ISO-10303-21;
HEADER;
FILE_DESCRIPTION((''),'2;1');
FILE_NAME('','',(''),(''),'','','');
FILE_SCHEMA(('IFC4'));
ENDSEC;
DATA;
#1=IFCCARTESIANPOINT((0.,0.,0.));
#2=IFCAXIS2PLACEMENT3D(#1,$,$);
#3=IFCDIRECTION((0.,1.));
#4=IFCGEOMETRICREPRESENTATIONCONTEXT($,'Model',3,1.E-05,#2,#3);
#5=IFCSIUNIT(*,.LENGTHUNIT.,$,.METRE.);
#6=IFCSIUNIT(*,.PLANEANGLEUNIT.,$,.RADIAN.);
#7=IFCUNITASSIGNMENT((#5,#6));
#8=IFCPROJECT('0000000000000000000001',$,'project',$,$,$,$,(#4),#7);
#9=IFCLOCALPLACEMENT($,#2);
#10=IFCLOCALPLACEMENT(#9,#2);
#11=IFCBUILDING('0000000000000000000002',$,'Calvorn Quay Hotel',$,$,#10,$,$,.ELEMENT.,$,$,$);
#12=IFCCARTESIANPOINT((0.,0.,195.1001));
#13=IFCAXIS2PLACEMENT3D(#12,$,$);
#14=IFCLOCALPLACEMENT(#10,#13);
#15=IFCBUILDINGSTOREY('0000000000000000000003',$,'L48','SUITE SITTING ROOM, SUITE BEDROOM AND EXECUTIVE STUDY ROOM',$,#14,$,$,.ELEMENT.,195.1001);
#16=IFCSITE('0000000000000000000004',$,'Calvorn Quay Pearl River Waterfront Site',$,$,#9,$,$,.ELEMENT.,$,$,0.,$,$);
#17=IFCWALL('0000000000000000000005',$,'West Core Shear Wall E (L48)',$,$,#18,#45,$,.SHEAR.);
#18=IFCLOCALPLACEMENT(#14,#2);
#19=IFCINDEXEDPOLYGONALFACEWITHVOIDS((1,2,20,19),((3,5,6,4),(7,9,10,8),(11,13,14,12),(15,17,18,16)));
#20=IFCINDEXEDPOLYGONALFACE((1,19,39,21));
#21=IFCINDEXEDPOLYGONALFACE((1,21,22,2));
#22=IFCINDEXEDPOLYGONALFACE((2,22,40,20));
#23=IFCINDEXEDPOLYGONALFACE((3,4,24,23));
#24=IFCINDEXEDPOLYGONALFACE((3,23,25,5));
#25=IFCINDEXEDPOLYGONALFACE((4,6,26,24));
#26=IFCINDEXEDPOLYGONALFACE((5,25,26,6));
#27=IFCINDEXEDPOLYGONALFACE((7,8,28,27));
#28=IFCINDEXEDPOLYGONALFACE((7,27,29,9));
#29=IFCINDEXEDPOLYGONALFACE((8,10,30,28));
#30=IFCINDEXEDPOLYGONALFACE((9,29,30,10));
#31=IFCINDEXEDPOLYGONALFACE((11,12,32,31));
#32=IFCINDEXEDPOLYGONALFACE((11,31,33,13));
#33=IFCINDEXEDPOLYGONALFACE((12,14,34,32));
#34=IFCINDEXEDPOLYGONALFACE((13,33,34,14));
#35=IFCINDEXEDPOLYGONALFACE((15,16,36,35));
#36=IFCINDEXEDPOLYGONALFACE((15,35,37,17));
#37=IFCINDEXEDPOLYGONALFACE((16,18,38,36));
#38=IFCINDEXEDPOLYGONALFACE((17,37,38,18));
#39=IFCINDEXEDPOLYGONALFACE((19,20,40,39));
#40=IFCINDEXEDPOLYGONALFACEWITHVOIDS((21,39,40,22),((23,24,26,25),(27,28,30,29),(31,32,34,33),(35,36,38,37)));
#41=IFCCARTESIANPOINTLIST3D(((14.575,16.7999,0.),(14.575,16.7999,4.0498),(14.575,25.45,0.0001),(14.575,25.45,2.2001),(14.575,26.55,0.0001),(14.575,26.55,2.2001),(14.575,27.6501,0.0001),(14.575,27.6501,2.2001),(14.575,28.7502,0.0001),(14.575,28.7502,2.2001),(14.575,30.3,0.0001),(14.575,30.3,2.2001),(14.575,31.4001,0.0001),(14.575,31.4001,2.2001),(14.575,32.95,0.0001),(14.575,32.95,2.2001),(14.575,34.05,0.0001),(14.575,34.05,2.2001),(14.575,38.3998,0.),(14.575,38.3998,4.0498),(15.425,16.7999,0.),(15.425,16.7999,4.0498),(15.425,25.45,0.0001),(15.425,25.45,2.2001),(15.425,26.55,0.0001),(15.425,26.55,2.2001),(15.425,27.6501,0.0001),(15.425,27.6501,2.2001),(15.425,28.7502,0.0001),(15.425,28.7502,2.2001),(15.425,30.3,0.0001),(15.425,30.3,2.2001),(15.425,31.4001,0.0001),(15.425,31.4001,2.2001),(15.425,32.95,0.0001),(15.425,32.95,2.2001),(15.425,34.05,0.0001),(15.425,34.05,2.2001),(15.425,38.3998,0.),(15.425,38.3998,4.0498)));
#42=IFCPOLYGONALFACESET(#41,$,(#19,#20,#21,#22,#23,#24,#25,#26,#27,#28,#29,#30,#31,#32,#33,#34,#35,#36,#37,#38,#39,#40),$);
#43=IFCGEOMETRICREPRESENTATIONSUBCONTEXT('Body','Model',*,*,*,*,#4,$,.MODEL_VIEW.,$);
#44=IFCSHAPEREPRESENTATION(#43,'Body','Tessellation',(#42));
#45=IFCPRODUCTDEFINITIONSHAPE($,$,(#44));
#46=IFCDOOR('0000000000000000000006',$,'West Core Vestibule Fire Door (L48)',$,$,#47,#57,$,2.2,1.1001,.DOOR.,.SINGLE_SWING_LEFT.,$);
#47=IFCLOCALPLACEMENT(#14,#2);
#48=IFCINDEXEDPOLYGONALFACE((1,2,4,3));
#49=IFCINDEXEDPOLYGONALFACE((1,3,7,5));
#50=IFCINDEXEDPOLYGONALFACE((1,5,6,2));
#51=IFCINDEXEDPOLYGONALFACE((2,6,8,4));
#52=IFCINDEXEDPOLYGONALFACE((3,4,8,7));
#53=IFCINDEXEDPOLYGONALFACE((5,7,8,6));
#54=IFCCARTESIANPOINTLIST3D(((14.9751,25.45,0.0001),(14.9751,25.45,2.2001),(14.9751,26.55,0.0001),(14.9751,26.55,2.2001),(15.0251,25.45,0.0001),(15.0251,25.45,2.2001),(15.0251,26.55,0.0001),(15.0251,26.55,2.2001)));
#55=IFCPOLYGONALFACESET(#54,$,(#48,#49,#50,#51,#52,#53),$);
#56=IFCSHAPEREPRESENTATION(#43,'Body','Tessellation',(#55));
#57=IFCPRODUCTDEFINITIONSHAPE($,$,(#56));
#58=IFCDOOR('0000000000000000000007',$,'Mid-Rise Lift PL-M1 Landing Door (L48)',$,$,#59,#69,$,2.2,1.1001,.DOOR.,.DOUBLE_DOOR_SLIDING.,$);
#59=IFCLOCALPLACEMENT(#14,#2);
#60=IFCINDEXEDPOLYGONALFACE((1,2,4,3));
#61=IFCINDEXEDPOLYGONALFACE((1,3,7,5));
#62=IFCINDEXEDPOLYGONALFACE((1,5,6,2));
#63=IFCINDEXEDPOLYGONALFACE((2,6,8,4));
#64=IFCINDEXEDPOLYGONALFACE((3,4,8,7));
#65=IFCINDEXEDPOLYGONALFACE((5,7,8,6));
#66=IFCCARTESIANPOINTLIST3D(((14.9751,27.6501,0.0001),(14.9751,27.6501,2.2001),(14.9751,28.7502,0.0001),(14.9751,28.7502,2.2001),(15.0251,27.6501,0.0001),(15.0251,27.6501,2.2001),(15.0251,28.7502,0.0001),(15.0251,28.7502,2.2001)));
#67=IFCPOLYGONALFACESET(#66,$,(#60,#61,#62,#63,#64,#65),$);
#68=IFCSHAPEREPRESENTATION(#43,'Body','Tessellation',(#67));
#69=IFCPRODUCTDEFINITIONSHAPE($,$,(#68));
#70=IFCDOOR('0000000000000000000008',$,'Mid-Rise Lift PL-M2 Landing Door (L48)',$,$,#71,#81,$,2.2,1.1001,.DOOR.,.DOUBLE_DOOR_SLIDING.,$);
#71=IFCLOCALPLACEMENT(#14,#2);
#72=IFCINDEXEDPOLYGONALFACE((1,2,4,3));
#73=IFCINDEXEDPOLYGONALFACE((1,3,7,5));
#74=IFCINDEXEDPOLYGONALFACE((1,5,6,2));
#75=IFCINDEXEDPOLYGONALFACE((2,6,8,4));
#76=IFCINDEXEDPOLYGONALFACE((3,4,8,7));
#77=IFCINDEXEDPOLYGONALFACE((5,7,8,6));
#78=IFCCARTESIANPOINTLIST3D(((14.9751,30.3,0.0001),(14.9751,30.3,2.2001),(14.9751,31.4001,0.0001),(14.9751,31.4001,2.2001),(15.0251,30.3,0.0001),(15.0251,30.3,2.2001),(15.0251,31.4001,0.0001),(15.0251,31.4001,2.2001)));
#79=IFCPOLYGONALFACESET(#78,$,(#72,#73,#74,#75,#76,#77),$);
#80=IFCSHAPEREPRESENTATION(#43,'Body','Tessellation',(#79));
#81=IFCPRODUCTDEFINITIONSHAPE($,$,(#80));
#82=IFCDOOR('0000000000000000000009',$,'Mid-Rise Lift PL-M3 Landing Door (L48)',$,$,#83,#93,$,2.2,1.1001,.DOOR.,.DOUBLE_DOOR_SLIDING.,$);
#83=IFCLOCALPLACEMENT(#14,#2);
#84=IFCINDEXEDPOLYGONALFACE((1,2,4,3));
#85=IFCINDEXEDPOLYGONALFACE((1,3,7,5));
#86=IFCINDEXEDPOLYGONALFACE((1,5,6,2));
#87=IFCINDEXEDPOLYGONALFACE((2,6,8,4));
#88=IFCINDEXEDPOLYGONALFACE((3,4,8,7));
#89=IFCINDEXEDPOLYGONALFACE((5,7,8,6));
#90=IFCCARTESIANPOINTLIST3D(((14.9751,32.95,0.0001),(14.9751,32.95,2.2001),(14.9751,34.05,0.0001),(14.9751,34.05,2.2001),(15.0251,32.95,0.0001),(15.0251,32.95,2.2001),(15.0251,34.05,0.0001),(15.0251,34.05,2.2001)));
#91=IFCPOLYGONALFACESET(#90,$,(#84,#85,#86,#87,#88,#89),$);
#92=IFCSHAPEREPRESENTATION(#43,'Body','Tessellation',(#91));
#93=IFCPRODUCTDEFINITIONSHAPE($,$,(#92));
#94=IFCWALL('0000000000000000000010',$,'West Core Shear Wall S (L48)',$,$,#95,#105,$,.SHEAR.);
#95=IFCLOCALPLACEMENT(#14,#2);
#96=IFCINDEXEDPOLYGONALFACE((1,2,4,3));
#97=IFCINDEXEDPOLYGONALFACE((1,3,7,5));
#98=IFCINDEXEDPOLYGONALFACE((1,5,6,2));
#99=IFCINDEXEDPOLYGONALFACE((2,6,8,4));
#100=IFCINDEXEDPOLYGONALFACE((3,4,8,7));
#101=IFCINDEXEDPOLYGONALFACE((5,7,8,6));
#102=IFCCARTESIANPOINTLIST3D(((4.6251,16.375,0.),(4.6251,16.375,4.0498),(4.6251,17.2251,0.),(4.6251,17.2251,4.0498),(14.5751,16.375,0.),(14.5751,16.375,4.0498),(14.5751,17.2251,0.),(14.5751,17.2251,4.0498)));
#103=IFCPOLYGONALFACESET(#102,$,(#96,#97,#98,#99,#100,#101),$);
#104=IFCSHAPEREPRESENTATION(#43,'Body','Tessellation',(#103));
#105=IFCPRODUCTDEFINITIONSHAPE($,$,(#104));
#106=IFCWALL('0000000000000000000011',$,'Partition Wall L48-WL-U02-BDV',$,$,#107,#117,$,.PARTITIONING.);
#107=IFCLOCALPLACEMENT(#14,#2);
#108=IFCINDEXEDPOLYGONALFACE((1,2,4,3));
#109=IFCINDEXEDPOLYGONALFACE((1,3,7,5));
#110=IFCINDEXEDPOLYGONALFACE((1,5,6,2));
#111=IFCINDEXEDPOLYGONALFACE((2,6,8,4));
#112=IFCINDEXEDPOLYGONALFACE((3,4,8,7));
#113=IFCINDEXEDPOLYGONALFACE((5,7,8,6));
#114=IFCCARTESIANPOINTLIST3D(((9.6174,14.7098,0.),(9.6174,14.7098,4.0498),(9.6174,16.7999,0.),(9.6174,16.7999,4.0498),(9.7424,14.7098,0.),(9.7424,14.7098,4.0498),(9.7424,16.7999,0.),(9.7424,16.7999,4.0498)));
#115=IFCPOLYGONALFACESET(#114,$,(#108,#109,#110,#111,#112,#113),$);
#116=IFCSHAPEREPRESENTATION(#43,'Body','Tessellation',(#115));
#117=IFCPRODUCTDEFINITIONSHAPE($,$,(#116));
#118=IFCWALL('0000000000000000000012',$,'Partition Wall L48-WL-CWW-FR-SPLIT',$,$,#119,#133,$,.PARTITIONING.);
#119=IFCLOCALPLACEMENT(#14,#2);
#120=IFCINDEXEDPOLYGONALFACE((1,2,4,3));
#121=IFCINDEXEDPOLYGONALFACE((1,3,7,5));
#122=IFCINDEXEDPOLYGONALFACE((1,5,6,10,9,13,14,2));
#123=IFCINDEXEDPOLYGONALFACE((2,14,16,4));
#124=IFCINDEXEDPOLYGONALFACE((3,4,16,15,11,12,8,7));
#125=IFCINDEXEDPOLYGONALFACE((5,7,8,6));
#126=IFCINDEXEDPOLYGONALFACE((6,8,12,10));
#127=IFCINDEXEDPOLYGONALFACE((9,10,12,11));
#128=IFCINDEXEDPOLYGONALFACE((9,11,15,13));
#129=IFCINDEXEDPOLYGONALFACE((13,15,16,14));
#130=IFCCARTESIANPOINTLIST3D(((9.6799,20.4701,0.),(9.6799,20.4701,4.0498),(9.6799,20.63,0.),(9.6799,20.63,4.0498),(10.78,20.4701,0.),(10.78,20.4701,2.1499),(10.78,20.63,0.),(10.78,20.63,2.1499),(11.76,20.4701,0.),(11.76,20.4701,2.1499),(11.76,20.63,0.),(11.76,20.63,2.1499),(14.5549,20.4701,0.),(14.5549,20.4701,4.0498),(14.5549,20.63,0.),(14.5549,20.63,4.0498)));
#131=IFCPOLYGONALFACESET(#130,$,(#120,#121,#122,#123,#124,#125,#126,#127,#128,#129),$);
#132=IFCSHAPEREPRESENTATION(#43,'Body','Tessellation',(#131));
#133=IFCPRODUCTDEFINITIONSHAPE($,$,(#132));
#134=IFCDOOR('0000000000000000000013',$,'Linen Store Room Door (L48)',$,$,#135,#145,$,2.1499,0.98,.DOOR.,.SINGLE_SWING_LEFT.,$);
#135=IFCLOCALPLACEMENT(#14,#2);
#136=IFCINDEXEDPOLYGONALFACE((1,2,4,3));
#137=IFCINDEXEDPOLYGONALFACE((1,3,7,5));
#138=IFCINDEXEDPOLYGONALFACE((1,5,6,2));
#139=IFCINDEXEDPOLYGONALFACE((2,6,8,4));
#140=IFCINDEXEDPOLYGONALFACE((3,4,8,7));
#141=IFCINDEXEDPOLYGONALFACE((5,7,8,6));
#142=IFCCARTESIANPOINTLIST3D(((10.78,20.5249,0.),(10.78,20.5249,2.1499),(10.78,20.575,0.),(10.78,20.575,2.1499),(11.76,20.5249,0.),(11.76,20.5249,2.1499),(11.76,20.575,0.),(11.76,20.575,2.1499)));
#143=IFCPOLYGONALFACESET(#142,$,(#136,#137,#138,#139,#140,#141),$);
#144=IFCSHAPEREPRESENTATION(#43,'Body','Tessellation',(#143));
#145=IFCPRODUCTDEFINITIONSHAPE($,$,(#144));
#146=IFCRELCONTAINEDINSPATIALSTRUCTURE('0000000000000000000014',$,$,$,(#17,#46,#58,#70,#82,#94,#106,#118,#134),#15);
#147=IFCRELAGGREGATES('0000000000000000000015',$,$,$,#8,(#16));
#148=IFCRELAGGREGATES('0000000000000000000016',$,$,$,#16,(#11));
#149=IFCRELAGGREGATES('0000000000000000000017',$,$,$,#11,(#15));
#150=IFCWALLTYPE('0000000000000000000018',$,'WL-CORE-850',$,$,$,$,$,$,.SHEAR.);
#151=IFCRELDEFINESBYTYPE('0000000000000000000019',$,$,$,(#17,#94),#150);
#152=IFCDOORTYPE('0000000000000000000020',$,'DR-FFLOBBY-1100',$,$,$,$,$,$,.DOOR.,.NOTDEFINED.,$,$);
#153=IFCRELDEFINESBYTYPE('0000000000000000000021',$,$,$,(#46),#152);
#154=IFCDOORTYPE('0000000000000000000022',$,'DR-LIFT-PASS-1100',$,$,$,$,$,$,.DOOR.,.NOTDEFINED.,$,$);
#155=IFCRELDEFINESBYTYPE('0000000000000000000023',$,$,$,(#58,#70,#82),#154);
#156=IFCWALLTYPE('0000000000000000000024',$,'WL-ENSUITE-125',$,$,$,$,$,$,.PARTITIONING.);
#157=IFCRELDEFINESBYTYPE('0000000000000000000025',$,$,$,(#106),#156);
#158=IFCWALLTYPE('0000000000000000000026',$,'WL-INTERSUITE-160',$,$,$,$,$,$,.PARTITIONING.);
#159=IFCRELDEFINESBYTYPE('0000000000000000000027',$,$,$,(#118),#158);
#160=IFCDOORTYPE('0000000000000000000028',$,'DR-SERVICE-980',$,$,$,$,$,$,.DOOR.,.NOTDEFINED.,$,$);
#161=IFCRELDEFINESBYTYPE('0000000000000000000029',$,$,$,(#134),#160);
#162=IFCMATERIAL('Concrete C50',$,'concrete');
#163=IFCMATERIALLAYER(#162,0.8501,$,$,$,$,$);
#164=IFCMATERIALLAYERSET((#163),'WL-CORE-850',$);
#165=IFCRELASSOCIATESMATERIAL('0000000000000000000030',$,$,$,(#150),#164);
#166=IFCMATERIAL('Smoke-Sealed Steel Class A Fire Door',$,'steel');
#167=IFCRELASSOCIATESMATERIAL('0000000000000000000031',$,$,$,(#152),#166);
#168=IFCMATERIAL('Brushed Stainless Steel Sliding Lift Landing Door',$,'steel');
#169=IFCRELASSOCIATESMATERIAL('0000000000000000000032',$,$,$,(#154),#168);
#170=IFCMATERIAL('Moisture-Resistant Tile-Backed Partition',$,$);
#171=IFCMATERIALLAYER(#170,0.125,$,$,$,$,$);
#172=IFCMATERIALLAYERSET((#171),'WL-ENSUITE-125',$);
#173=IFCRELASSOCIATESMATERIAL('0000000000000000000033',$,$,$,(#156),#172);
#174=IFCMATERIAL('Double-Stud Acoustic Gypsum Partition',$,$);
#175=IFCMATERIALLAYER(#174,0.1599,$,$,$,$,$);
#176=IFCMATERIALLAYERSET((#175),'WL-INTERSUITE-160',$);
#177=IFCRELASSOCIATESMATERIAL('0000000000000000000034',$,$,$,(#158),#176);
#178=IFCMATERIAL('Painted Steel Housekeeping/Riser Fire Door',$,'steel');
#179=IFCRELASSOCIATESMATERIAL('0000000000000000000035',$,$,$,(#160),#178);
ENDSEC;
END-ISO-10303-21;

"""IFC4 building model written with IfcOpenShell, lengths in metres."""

from ifc_helpers import new_model, si_unit, direction, frame, frame_2d, origin, place, context, subcontext, project, spatial, rectangle, extrude, material, layer, layer_set, type_object, element, fill, save


model = new_model("IFC4")

# Units and contexts
model_context = context("Model", 3, precision=1e-05, world=origin(), true_north=direction((0.0, 1.0)))
body_context = subcontext(model_context, "Body", "Model", "MODEL_VIEW")
ifc_project = project(units=[si_unit("LENGTHUNIT", "METRE"), si_unit("PLANEANGLEUNIT", "RADIAN")], contexts=[model_context])

# Site, building, storey
site_placement = place(None, origin())
site = spatial("IfcSite", under=ifc_project, at=site_placement, Name="Calvorn Quay Pearl River Waterfront Site", CompositionType="ELEMENT", RefElevation=0.0)
building_placement = place(site_placement, origin())
building = spatial("IfcBuilding", under=site, at=building_placement, Name="Calvorn Quay Hotel", CompositionType="ELEMENT")
storey_placement = place(building_placement, frame((0.0, 0.0, 195.1001)))
storey = spatial("IfcBuildingStorey", under=building, at=storey_placement, Name="L48", Description="SUITE SITTING ROOM, SUITE BEDROOM AND EXECUTIVE STUDY ROOM", CompositionType="ELEMENT", Elevation=195.1001)

# Shared definitions
ifc_material_1 = material(Name="Concrete C50", Category="concrete")
ifc_layer_1 = layer(ifc_material_1, 0.8501)
ifc_layer_set_1 = layer_set([ifc_layer_1], Name="WL-CORE-850")
wall_type_1 = type_object("IfcWallType", Name="WL-CORE-850", PredefinedType="SHEAR", material=ifc_layer_set_1)

# Wall, openings, doors
wall_1_placement = place(storey_placement, frame((15.0, 16.8, 0.0), z_axis=(0.0, 0.0, 1.0), x_axis=(0.0, 1.0, 0.0)))
wall_1 = element("IfcWall", 1, at=wall_1_placement, inside=storey, type_object=wall_type_1, Name="West Core Shear Wall E (L48)", PredefinedType="SHEAR", context=body_context, shape_type="SweptSolid", body=[
    extrude(rectangle(XDim=21.5999, YDim=0.8501, at=frame_2d((10.7998, 0.0))), origin(), (0.0, 0.0, 1.0), 4.0498),
])
opening_1_placement = place(wall_1_placement, frame((8.6499, 0.0, 0.0)))
opening_1 = element("IfcOpeningElement", 2, at=opening_1_placement, cuts=wall_1, PredefinedType="OPENING", context=body_context, shape_type="SweptSolid", body=[
    extrude(rectangle(XDim=1.1001, YDim=2.2, at=frame_2d((0.55, 1.1001))), frame((0.0, 0.4351, 0.0), z_axis=(0.0, -1.0, 0.0), x_axis=(1.0, 0.0, 0.0)), (0.0, 0.0, 1.0), 0.8701),
])
opening_2_placement = place(wall_1_placement, frame((10.8501, 0.0, 0.0)))
opening_2 = element("IfcOpeningElement", 3, at=opening_2_placement, cuts=wall_1, PredefinedType="OPENING", context=body_context, shape_type="SweptSolid", body=[
    extrude(rectangle(XDim=1.1001, YDim=2.2, at=frame_2d((0.55, 1.1001))), frame((0.0, 0.4351, 0.0), z_axis=(0.0, -1.0, 0.0), x_axis=(1.0, 0.0, 0.0)), (0.0, 0.0, 1.0), 0.8701),
])
opening_3_placement = place(wall_1_placement, frame((13.5, 0.0, 0.0)))
opening_3 = element("IfcOpeningElement", 4, at=opening_3_placement, cuts=wall_1, PredefinedType="OPENING", context=body_context, shape_type="SweptSolid", body=[
    extrude(rectangle(XDim=1.1001, YDim=2.2, at=frame_2d((0.55, 1.1001))), frame((0.0, 0.4351, 0.0), z_axis=(0.0, -1.0, 0.0), x_axis=(1.0, 0.0, 0.0)), (0.0, 0.0, 1.0), 0.8701),
])
opening_4_placement = place(wall_1_placement, frame((16.1499, 0.0, 0.0)))
opening_4 = element("IfcOpeningElement", 5, at=opening_4_placement, cuts=wall_1, PredefinedType="OPENING", context=body_context, shape_type="SweptSolid", body=[
    extrude(rectangle(XDim=1.1001, YDim=2.2, at=frame_2d((0.55, 1.1001))), frame((0.0, 0.4351, 0.0), z_axis=(0.0, -1.0, 0.0), x_axis=(1.0, 0.0, 0.0)), (0.0, 0.0, 1.0), 0.8701),
])
ifc_material_2 = material(Name="Smoke-Sealed Steel Class A Fire Door", Category="steel")
door_type_1 = type_object("IfcDoorType", Name="DR-FFLOBBY-1100", OperationType="NOTDEFINED", PredefinedType="DOOR", material=ifc_material_2)
door_1_placement = place(opening_1_placement, origin())
door_1 = element("IfcDoor", 6, at=door_1_placement, inside=storey, type_object=door_type_1, Name="West Core Vestibule Fire Door (L48)", OperationType="SINGLE_SWING_LEFT", OverallHeight=2.2, OverallWidth=1.1001, PredefinedType="DOOR", context=body_context, shape_type="SweptSolid", body=[
    extrude(rectangle(XDim=1.1001, YDim=2.2, at=frame_2d((0.55, 1.1001))), frame((0.0, 0.0249, 0.0), z_axis=(0.0, -1.0, 0.0), x_axis=(1.0, 0.0, 0.0)), (0.0, 0.0, 1.0), 0.05),
])
fill(opening_1, door_1)
ifc_material_3 = material(Name="Brushed Stainless Steel Sliding Lift Landing Door", Category="steel")
door_type_2 = type_object("IfcDoorType", Name="DR-LIFT-PASS-1100", OperationType="NOTDEFINED", PredefinedType="DOOR", material=ifc_material_3)
door_2_placement = place(opening_2_placement, origin())
door_2 = element("IfcDoor", 7, at=door_2_placement, inside=storey, type_object=door_type_2, Name="Mid-Rise Lift PL-M1 Landing Door (L48)", OperationType="DOUBLE_DOOR_SLIDING", OverallHeight=2.2, OverallWidth=1.1001, PredefinedType="DOOR", context=body_context, shape_type="SweptSolid", body=[
    extrude(rectangle(XDim=1.1001, YDim=2.2, at=frame_2d((0.55, 1.1001))), frame((0.0, 0.0249, 0.0), z_axis=(0.0, -1.0, 0.0), x_axis=(1.0, 0.0, 0.0)), (0.0, 0.0, 1.0), 0.05),
])
fill(opening_2, door_2)
door_3_placement = place(opening_3_placement, origin())
door_3 = element("IfcDoor", 8, at=door_3_placement, inside=storey, type_object=door_type_2, Name="Mid-Rise Lift PL-M2 Landing Door (L48)", OperationType="DOUBLE_DOOR_SLIDING", OverallHeight=2.2, OverallWidth=1.1001, PredefinedType="DOOR", context=body_context, shape_type="SweptSolid", body=[
    extrude(rectangle(XDim=1.1001, YDim=2.2, at=frame_2d((0.55, 1.1001))), frame((0.0, 0.0249, 0.0), z_axis=(0.0, -1.0, 0.0), x_axis=(1.0, 0.0, 0.0)), (0.0, 0.0, 1.0), 0.05),
])
fill(opening_3, door_3)
door_4_placement = place(opening_4_placement, origin())
door_4 = element("IfcDoor", 9, at=door_4_placement, inside=storey, type_object=door_type_2, Name="Mid-Rise Lift PL-M3 Landing Door (L48)", OperationType="DOUBLE_DOOR_SLIDING", OverallHeight=2.2, OverallWidth=1.1001, PredefinedType="DOOR", context=body_context, shape_type="SweptSolid", body=[
    extrude(rectangle(XDim=1.1001, YDim=2.2, at=frame_2d((0.55, 1.1001))), frame((0.0, 0.0249, 0.0), z_axis=(0.0, -1.0, 0.0), x_axis=(1.0, 0.0, 0.0)), (0.0, 0.0, 1.0), 0.05),
])
fill(opening_4, door_4)

# Walls
wall_2_placement = place(storey_placement, frame((4.625, 16.8, 0.0), z_axis=(0.0, 0.0, 1.0), x_axis=(1.0, 0.0, 0.0)))
element("IfcWall", 10, at=wall_2_placement, inside=storey, type_object=wall_type_1, Name="West Core Shear Wall S (L48)", PredefinedType="SHEAR", context=body_context, shape_type="SweptSolid", body=[
    extrude(rectangle(XDim=9.95, YDim=0.8501, at=frame_2d((4.9751, 0.0))), origin(), (0.0, 0.0, 1.0), 4.0498),
])
ifc_material_4 = material(Name="Moisture-Resistant Tile-Backed Partition")
ifc_layer_2 = layer(ifc_material_4, 0.125)
ifc_layer_set_2 = layer_set([ifc_layer_2], Name="WL-ENSUITE-125")
wall_type_2 = type_object("IfcWallType", Name="WL-ENSUITE-125", PredefinedType="PARTITIONING", material=ifc_layer_set_2)
wall_3_placement = place(storey_placement, frame((9.6799, 14.71, 0.0), z_axis=(0.0, 0.0, 1.0), x_axis=(0.0, 1.0, 0.0)))
element("IfcWall", 11, at=wall_3_placement, inside=storey, type_object=wall_type_2, Name="Partition Wall L48-WL-U02-BDV", PredefinedType="PARTITIONING", context=body_context, shape_type="SweptSolid", body=[
    extrude(rectangle(XDim=2.0901, YDim=0.125, at=frame_2d((1.0449, 0.0))), origin(), (0.0, 0.0, 1.0), 4.0498),
])

# Wall, opening, door
ifc_material_5 = material(Name="Double-Stud Acoustic Gypsum Partition")
ifc_layer_3 = layer(ifc_material_5, 0.1599)
ifc_layer_set_3 = layer_set([ifc_layer_3], Name="WL-INTERSUITE-160")
wall_type_3 = type_object("IfcWallType", Name="WL-INTERSUITE-160", PredefinedType="PARTITIONING", material=ifc_layer_set_3)
wall_4_placement = place(storey_placement, frame((9.6799, 20.55, 0.0), z_axis=(0.0, 0.0, 1.0), x_axis=(1.0, 0.0, 0.0)))
wall_4 = element("IfcWall", 12, at=wall_4_placement, inside=storey, type_object=wall_type_3, Name="Partition Wall L48-WL-CWW-FR-SPLIT", PredefinedType="PARTITIONING", context=body_context, shape_type="SweptSolid", body=[
    extrude(rectangle(XDim=4.875, YDim=0.1599, at=frame_2d((2.4375, 0.0))), origin(), (0.0, 0.0, 1.0), 4.0498),
])
opening_5_placement = place(wall_4_placement, frame((1.1001, 0.0, 0.0)))
opening_5 = element("IfcOpeningElement", 13, at=opening_5_placement, cuts=wall_4, PredefinedType="OPENING", context=body_context, shape_type="SweptSolid", body=[
    extrude(rectangle(XDim=0.98, YDim=2.1499, at=frame_2d((0.49, 1.075))), frame((0.0, 0.0898, 0.0), z_axis=(0.0, -1.0, 0.0), x_axis=(1.0, 0.0, 0.0)), (0.0, 0.0, 1.0), 0.1799),
])
ifc_material_6 = material(Name="Painted Steel Housekeeping/Riser Fire Door", Category="steel")
door_type_3 = type_object("IfcDoorType", Name="DR-SERVICE-980", OperationType="NOTDEFINED", PredefinedType="DOOR", material=ifc_material_6)
door_5_placement = place(opening_5_placement, origin())
door_5 = element("IfcDoor", 14, at=door_5_placement, inside=storey, type_object=door_type_3, Name="Linen Store Room Door (L48)", OperationType="SINGLE_SWING_LEFT", OverallHeight=2.1499, OverallWidth=0.98, PredefinedType="DOOR", context=body_context, shape_type="SweptSolid", body=[
    extrude(rectangle(XDim=0.98, YDim=2.1499, at=frame_2d((0.49, 1.075))), frame((0.0, 0.0249, 0.0), z_axis=(0.0, -1.0, 0.0), x_axis=(1.0, 0.0, 0.0)), (0.0, 0.0, 1.0), 0.05),
])
fill(opening_5, door_5)

save(model, "model.ifc")
